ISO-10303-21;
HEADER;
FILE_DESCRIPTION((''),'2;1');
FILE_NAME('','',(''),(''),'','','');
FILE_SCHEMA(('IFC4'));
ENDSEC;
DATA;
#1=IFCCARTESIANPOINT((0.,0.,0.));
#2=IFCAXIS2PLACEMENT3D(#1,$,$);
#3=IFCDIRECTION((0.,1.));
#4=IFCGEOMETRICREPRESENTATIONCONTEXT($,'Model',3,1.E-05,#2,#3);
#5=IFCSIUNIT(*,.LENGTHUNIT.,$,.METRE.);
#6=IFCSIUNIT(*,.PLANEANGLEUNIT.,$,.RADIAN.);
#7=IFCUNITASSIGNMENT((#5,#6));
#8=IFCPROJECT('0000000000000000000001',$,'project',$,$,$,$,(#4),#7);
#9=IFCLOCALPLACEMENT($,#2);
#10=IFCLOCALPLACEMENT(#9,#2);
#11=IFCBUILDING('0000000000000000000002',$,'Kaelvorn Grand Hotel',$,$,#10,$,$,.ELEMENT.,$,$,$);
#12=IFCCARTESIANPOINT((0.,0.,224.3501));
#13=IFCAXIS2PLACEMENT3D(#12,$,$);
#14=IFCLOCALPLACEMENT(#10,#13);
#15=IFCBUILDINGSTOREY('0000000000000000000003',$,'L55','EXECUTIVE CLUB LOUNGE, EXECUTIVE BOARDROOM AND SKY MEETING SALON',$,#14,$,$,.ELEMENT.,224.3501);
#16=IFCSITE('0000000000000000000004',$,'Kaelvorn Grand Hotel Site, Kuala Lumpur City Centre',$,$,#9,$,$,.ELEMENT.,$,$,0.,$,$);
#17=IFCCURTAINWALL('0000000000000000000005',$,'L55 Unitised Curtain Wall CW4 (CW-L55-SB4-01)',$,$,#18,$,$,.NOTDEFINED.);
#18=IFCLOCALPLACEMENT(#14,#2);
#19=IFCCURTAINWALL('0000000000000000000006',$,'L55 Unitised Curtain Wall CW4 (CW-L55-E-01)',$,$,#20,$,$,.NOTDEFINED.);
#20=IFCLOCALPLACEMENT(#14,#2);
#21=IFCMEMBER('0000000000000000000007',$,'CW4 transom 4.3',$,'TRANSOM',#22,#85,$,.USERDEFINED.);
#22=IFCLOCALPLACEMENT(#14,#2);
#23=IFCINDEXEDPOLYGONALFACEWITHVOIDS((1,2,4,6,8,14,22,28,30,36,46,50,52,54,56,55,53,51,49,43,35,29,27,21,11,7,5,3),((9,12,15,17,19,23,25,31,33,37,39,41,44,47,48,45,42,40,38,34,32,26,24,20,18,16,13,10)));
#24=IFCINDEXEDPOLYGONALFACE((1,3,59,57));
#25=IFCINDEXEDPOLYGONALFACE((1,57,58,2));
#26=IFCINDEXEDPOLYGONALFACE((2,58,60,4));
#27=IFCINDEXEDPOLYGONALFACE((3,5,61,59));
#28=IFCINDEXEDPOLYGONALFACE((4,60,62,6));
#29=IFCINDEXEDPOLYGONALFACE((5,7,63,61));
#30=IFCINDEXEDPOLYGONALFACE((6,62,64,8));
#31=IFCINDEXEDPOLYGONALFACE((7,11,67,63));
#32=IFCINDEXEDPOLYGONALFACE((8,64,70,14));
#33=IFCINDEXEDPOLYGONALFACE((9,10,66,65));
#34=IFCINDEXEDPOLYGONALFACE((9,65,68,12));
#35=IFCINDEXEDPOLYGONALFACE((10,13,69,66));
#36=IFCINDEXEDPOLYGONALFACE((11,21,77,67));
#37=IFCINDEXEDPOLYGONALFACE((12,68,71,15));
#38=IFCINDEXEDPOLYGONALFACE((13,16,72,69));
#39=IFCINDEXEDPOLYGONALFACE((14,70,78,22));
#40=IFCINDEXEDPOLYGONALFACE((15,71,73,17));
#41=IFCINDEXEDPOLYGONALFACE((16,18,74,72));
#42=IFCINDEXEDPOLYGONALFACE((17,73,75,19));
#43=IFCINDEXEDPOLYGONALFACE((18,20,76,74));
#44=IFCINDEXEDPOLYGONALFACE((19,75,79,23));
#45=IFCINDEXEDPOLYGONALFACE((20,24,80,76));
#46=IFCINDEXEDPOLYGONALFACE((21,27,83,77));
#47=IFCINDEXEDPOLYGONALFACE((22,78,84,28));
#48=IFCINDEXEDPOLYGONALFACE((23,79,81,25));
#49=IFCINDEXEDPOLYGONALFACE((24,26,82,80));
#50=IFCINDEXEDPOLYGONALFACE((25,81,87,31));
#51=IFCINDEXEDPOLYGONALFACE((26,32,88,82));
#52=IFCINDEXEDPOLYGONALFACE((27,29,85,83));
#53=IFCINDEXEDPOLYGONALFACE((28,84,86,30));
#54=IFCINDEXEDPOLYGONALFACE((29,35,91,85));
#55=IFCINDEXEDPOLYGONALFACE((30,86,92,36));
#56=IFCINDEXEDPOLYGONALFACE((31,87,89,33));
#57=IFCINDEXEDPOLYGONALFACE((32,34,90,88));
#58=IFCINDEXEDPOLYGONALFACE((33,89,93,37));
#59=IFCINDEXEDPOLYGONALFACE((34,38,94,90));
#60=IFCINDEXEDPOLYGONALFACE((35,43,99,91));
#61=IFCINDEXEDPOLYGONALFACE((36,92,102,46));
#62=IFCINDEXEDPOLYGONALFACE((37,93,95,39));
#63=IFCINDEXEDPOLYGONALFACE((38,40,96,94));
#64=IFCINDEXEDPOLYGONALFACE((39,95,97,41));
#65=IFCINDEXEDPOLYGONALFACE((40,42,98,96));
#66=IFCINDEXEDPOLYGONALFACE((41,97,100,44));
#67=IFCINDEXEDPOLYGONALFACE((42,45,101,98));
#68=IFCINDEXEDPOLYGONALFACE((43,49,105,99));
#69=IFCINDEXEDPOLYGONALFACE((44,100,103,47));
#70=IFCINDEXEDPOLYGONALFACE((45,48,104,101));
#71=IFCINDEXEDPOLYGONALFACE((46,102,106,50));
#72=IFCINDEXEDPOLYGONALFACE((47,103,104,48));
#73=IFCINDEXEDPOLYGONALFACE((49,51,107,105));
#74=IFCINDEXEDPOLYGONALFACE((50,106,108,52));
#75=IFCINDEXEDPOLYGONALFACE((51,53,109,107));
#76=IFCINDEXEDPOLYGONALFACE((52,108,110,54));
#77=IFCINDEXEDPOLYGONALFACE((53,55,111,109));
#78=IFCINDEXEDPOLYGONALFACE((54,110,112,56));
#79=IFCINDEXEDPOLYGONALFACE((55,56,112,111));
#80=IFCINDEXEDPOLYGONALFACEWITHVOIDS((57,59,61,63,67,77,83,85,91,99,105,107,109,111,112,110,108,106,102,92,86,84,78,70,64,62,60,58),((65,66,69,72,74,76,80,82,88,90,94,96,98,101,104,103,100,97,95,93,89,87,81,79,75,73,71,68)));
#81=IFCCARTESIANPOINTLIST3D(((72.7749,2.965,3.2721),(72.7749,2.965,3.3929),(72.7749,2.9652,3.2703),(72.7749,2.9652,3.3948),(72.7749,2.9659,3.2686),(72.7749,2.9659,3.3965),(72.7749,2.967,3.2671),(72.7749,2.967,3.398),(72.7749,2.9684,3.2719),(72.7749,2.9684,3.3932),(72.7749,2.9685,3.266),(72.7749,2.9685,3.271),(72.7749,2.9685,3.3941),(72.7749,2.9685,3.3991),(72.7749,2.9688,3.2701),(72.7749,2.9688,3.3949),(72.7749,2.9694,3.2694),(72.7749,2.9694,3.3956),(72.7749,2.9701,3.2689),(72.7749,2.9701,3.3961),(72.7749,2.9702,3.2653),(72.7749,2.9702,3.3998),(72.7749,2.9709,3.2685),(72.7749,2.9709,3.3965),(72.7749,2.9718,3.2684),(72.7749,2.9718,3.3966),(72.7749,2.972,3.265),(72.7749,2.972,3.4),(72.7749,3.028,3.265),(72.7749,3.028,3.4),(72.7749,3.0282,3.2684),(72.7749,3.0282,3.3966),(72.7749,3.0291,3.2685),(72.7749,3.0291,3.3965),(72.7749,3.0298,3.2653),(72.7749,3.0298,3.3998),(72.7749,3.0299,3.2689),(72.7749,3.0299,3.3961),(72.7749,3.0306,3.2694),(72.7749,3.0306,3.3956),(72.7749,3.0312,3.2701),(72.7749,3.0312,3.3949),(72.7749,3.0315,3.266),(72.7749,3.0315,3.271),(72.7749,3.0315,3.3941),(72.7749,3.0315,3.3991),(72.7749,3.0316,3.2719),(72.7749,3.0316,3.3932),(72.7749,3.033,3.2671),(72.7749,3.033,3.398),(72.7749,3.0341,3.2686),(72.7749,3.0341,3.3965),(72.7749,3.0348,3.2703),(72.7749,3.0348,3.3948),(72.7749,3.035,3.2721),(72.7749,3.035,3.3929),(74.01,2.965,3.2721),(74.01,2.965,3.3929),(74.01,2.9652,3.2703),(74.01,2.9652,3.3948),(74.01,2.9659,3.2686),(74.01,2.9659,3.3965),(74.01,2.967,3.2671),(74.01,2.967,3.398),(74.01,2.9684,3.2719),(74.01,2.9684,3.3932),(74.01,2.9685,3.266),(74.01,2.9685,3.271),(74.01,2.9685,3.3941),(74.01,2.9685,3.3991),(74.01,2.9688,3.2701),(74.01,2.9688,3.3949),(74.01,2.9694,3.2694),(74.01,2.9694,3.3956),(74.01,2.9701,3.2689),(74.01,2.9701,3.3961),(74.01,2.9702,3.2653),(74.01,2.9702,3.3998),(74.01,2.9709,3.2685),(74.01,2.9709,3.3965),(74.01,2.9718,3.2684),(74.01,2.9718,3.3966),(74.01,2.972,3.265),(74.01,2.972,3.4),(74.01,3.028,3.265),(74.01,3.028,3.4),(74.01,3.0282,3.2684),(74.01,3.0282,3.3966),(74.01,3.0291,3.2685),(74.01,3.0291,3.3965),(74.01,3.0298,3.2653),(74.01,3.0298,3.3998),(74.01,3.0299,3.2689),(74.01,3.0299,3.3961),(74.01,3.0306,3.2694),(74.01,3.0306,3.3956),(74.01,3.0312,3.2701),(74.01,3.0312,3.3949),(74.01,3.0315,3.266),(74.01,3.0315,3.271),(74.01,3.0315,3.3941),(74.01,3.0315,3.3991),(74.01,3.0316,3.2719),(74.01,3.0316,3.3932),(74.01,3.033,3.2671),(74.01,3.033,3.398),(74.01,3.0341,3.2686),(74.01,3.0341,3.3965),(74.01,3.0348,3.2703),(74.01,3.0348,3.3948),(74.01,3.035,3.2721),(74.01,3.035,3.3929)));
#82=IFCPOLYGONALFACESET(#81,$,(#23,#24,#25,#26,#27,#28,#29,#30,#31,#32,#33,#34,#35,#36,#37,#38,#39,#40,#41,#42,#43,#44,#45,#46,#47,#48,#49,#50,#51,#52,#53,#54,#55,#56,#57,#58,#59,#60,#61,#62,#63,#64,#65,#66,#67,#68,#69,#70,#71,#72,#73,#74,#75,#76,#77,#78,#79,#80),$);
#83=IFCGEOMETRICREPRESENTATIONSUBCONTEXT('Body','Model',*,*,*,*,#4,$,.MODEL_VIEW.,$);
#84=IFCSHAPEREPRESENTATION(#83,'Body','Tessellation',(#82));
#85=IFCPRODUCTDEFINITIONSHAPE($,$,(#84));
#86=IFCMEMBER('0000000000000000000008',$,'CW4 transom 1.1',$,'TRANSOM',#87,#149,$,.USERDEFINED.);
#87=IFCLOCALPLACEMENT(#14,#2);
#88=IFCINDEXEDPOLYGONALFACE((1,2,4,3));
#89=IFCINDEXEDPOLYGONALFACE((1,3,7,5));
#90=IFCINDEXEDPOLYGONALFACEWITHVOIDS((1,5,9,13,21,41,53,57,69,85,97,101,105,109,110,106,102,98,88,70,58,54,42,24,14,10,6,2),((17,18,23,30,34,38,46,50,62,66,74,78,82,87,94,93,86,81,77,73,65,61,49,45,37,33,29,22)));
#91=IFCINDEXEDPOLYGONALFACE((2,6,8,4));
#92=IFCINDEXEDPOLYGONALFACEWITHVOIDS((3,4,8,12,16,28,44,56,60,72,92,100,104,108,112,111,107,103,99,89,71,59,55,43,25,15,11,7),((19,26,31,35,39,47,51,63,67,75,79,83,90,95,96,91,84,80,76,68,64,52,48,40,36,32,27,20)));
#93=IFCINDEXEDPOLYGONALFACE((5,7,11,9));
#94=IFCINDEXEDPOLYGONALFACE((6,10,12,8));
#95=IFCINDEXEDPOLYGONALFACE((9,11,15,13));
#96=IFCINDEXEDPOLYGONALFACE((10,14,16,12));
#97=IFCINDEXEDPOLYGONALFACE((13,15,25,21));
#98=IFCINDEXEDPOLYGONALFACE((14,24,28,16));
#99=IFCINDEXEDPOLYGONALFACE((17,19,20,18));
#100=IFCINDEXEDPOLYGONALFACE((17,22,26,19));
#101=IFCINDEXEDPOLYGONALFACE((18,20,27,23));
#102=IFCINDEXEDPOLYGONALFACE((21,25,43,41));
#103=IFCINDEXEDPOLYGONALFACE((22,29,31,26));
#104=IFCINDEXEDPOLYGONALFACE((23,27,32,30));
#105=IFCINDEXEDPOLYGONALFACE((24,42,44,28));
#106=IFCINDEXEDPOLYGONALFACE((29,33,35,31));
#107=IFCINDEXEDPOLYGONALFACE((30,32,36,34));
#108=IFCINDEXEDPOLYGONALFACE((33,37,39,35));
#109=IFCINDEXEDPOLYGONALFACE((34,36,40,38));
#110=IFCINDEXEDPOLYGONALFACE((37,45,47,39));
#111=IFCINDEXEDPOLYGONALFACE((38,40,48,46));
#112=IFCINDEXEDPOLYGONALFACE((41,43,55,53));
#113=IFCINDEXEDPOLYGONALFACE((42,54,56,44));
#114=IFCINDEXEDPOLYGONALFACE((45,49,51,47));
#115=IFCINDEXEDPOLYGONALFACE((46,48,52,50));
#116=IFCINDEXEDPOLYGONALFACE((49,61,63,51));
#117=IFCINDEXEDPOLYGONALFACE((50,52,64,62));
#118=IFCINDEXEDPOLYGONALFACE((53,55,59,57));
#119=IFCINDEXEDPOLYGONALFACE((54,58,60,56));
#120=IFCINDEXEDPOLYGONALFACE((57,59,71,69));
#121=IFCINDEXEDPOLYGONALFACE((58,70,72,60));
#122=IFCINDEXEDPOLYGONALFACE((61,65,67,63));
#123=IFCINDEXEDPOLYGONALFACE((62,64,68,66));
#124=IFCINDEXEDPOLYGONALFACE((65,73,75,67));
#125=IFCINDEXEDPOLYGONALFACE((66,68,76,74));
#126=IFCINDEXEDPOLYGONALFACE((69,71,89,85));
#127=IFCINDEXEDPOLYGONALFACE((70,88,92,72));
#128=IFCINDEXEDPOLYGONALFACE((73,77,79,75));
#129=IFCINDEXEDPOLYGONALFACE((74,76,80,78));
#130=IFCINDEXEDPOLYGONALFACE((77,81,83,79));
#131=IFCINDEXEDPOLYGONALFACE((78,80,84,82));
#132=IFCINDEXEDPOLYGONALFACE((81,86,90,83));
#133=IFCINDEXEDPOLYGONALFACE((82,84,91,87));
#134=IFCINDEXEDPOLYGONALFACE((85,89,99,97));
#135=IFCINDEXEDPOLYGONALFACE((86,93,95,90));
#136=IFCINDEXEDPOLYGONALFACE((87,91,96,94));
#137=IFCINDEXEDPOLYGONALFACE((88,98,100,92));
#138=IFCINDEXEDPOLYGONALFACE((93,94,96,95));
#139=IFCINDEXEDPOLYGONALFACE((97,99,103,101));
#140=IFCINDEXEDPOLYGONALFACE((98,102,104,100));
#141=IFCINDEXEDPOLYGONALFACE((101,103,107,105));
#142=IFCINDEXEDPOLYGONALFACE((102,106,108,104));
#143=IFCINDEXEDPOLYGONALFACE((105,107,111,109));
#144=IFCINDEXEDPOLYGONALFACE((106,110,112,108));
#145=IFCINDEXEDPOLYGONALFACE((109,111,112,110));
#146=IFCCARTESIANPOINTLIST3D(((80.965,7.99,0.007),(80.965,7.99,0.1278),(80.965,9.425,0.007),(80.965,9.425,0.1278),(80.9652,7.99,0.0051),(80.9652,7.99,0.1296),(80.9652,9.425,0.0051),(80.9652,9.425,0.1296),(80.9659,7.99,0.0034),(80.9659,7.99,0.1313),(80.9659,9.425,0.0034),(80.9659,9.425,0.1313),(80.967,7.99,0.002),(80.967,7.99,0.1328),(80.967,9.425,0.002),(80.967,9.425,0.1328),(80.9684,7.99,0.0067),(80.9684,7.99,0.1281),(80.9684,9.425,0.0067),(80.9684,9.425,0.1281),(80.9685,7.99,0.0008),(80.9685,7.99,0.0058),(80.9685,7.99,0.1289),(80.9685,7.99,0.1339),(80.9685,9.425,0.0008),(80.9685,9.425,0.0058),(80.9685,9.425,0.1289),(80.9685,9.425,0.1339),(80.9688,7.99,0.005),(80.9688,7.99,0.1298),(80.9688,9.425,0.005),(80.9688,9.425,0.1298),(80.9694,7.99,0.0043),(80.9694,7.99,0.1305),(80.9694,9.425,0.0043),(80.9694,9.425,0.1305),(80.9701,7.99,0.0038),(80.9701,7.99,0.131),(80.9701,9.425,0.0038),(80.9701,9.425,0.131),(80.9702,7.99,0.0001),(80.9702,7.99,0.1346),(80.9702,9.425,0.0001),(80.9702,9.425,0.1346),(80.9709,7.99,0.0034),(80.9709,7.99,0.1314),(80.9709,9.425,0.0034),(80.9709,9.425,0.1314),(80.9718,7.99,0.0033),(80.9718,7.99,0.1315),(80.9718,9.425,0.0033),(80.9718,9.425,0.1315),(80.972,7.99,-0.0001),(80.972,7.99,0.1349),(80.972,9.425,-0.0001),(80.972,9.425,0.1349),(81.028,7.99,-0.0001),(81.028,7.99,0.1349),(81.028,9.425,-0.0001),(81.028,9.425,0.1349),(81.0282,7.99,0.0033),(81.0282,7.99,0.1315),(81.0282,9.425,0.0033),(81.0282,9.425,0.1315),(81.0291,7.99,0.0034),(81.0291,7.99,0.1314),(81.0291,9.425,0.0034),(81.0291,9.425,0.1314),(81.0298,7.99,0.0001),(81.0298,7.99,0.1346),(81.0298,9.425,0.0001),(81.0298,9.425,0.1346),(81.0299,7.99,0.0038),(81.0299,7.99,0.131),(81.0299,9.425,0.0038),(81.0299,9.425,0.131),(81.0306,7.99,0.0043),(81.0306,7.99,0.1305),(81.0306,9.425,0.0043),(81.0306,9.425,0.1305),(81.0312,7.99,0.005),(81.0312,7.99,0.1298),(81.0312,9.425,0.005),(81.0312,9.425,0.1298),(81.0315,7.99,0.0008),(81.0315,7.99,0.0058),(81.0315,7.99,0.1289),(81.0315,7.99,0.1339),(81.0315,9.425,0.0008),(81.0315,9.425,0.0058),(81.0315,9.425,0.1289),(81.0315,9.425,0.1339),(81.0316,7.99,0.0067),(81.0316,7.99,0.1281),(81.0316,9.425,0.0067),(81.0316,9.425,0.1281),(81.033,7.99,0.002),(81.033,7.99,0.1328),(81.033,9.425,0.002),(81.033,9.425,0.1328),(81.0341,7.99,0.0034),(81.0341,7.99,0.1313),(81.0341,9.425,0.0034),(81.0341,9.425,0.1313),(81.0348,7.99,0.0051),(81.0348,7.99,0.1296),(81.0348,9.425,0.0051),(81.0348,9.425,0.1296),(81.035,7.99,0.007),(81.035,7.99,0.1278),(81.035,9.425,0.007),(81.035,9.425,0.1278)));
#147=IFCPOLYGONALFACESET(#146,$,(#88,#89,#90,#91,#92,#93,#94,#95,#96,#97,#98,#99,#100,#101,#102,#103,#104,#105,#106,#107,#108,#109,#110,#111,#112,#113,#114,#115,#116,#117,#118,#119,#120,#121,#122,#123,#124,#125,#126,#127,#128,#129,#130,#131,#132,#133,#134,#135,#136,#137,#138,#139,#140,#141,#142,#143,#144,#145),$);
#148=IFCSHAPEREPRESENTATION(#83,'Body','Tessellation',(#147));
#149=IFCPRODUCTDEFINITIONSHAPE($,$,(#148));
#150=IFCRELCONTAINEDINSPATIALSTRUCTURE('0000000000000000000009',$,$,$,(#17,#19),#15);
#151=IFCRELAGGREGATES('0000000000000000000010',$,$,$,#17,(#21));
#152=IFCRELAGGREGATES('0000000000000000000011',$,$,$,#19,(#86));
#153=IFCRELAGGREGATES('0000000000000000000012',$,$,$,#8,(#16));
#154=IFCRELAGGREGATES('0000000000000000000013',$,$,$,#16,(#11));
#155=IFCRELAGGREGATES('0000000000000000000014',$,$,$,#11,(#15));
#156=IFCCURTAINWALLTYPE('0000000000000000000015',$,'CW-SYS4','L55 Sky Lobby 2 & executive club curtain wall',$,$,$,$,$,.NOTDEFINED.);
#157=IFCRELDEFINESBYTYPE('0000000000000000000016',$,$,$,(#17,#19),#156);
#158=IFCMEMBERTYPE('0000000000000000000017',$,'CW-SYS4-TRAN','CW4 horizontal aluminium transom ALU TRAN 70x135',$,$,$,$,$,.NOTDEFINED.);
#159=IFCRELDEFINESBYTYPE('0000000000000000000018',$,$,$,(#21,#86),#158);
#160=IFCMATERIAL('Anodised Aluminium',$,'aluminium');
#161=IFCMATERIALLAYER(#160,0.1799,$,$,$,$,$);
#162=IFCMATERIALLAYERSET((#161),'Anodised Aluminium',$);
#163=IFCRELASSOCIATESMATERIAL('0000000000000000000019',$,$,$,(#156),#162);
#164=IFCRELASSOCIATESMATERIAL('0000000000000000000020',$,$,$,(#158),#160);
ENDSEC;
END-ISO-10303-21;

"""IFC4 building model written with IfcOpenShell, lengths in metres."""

from ifc_helpers import new_model, si_unit, direction, frame, origin, origin_2d, place, context, subcontext, project, spatial, hollow_rectangle, extrude, material, layer, layer_set, material_profile, profile_set, type_object, element, aggregate, save


model = new_model("IFC4")

# Units and contexts
model_context = context("Model", 3, precision=1e-05, world=origin(), true_north=direction((0.0, 1.0)))
body_context = subcontext(model_context, "Body", "Model", "MODEL_VIEW")
ifc_project = project(units=[si_unit("LENGTHUNIT", "METRE"), si_unit("PLANEANGLEUNIT", "RADIAN")], contexts=[model_context])

# Site, building, storey
site_placement = place(None, origin())
site = spatial("IfcSite", under=ifc_project, at=site_placement, Name="Kaelvorn Grand Hotel Site, Kuala Lumpur City Centre", CompositionType="ELEMENT", RefElevation=0.0)
building_placement = place(site_placement, origin())
building = spatial("IfcBuilding", under=site, at=building_placement, Name="Kaelvorn Grand Hotel", CompositionType="ELEMENT")
storey_placement = place(building_placement, frame((0.0, 0.0, 224.3501)))
storey = spatial("IfcBuildingStorey", under=building, at=storey_placement, Name="L55", Description="EXECUTIVE CLUB LOUNGE, EXECUTIVE BOARDROOM AND SKY MEETING SALON", CompositionType="ELEMENT", Elevation=224.3501)

# Curtain wall
ifc_material_1 = material(Name="Anodised Aluminium", Category="aluminium")
ifc_layer_1 = layer(ifc_material_1, 0.1799)
ifc_layer_set_1 = layer_set([ifc_layer_1], Name="Anodised Aluminium")
curtain_wall_type = type_object("IfcCurtainWallType", Name="CW-SYS4", Description="L55 Sky Lobby 2 & executive club curtain wall", PredefinedType="NOTDEFINED", material=ifc_layer_set_1)
curtain_wall_1_placement = place(storey_placement, origin())
curtain_wall_1 = element("IfcCurtainWall", 1, at=curtain_wall_1_placement, inside=storey, type_object=curtain_wall_type, Name="L55 Unitised Curtain Wall CW4 (CW-L55-SB4-01)", PredefinedType="NOTDEFINED")

# Curtain wall
curtain_wall_2_placement = place(storey_placement, origin())
curtain_wall_2 = element("IfcCurtainWall", 2, at=curtain_wall_2_placement, inside=storey, type_object=curtain_wall_type, Name="L55 Unitised Curtain Wall CW4 (CW-L55-E-01)", PredefinedType="NOTDEFINED")

# Members
ifc_material_profile_1 = material_profile(ifc_material_1, hollow_rectangle(XDim=0.0701, YDim=0.135, WallThickness=0.0034, InnerFilletRadius=0.0034, OuterFilletRadius=0.0071, at=origin_2d()), Name="ALU TRAN 70x135")
ifc_profile_set_1 = profile_set([ifc_material_profile_1], Name="Anodised Aluminium")
member_type_1 = type_object("IfcMemberType", Name="CW-SYS4-TRAN", Description="CW4 horizontal aluminium transom ALU TRAN 70x135", PredefinedType="NOTDEFINED", material=ifc_profile_set_1)
member_1_placement = place(storey_placement, frame((72.7749, 3.0, 3.3325), z_axis=(1.0, 0.0, 0.0), x_axis=(0.0, 1.0, 0.0)))
member_1 = element("IfcMember", 3, at=member_1_placement, type_object=member_type_1, Name="CW4 transom 4.3", ObjectType="TRANSOM", PredefinedType="USERDEFINED", context=body_context, shape_type="SweptSolid", body=[
    extrude(hollow_rectangle(XDim=0.0701, YDim=0.135, WallThickness=0.0034, InnerFilletRadius=0.0034, OuterFilletRadius=0.0071, at=origin_2d()), origin(), (0.0, 0.0, 1.0), 1.2351),
])
member_2_placement = place(storey_placement, frame((81.0, 7.99, 0.0674), z_axis=(0.0, 1.0, 0.0), x_axis=(-1.0, 0.0, 0.0)))
member_2 = element("IfcMember", 4, at=member_2_placement, type_object=member_type_1, Name="CW4 transom 1.1", ObjectType="TRANSOM", PredefinedType="USERDEFINED", context=body_context, shape_type="SweptSolid", body=[
    extrude(hollow_rectangle(XDim=0.0701, YDim=0.135, WallThickness=0.0034, InnerFilletRadius=0.0034, OuterFilletRadius=0.0071, at=origin_2d()), origin(), (0.0, 0.0, 1.0), 1.4351),
])

aggregate(curtain_wall_1, [member_1])
aggregate(curtain_wall_2, [member_2])

save(model, "model.ifc")
